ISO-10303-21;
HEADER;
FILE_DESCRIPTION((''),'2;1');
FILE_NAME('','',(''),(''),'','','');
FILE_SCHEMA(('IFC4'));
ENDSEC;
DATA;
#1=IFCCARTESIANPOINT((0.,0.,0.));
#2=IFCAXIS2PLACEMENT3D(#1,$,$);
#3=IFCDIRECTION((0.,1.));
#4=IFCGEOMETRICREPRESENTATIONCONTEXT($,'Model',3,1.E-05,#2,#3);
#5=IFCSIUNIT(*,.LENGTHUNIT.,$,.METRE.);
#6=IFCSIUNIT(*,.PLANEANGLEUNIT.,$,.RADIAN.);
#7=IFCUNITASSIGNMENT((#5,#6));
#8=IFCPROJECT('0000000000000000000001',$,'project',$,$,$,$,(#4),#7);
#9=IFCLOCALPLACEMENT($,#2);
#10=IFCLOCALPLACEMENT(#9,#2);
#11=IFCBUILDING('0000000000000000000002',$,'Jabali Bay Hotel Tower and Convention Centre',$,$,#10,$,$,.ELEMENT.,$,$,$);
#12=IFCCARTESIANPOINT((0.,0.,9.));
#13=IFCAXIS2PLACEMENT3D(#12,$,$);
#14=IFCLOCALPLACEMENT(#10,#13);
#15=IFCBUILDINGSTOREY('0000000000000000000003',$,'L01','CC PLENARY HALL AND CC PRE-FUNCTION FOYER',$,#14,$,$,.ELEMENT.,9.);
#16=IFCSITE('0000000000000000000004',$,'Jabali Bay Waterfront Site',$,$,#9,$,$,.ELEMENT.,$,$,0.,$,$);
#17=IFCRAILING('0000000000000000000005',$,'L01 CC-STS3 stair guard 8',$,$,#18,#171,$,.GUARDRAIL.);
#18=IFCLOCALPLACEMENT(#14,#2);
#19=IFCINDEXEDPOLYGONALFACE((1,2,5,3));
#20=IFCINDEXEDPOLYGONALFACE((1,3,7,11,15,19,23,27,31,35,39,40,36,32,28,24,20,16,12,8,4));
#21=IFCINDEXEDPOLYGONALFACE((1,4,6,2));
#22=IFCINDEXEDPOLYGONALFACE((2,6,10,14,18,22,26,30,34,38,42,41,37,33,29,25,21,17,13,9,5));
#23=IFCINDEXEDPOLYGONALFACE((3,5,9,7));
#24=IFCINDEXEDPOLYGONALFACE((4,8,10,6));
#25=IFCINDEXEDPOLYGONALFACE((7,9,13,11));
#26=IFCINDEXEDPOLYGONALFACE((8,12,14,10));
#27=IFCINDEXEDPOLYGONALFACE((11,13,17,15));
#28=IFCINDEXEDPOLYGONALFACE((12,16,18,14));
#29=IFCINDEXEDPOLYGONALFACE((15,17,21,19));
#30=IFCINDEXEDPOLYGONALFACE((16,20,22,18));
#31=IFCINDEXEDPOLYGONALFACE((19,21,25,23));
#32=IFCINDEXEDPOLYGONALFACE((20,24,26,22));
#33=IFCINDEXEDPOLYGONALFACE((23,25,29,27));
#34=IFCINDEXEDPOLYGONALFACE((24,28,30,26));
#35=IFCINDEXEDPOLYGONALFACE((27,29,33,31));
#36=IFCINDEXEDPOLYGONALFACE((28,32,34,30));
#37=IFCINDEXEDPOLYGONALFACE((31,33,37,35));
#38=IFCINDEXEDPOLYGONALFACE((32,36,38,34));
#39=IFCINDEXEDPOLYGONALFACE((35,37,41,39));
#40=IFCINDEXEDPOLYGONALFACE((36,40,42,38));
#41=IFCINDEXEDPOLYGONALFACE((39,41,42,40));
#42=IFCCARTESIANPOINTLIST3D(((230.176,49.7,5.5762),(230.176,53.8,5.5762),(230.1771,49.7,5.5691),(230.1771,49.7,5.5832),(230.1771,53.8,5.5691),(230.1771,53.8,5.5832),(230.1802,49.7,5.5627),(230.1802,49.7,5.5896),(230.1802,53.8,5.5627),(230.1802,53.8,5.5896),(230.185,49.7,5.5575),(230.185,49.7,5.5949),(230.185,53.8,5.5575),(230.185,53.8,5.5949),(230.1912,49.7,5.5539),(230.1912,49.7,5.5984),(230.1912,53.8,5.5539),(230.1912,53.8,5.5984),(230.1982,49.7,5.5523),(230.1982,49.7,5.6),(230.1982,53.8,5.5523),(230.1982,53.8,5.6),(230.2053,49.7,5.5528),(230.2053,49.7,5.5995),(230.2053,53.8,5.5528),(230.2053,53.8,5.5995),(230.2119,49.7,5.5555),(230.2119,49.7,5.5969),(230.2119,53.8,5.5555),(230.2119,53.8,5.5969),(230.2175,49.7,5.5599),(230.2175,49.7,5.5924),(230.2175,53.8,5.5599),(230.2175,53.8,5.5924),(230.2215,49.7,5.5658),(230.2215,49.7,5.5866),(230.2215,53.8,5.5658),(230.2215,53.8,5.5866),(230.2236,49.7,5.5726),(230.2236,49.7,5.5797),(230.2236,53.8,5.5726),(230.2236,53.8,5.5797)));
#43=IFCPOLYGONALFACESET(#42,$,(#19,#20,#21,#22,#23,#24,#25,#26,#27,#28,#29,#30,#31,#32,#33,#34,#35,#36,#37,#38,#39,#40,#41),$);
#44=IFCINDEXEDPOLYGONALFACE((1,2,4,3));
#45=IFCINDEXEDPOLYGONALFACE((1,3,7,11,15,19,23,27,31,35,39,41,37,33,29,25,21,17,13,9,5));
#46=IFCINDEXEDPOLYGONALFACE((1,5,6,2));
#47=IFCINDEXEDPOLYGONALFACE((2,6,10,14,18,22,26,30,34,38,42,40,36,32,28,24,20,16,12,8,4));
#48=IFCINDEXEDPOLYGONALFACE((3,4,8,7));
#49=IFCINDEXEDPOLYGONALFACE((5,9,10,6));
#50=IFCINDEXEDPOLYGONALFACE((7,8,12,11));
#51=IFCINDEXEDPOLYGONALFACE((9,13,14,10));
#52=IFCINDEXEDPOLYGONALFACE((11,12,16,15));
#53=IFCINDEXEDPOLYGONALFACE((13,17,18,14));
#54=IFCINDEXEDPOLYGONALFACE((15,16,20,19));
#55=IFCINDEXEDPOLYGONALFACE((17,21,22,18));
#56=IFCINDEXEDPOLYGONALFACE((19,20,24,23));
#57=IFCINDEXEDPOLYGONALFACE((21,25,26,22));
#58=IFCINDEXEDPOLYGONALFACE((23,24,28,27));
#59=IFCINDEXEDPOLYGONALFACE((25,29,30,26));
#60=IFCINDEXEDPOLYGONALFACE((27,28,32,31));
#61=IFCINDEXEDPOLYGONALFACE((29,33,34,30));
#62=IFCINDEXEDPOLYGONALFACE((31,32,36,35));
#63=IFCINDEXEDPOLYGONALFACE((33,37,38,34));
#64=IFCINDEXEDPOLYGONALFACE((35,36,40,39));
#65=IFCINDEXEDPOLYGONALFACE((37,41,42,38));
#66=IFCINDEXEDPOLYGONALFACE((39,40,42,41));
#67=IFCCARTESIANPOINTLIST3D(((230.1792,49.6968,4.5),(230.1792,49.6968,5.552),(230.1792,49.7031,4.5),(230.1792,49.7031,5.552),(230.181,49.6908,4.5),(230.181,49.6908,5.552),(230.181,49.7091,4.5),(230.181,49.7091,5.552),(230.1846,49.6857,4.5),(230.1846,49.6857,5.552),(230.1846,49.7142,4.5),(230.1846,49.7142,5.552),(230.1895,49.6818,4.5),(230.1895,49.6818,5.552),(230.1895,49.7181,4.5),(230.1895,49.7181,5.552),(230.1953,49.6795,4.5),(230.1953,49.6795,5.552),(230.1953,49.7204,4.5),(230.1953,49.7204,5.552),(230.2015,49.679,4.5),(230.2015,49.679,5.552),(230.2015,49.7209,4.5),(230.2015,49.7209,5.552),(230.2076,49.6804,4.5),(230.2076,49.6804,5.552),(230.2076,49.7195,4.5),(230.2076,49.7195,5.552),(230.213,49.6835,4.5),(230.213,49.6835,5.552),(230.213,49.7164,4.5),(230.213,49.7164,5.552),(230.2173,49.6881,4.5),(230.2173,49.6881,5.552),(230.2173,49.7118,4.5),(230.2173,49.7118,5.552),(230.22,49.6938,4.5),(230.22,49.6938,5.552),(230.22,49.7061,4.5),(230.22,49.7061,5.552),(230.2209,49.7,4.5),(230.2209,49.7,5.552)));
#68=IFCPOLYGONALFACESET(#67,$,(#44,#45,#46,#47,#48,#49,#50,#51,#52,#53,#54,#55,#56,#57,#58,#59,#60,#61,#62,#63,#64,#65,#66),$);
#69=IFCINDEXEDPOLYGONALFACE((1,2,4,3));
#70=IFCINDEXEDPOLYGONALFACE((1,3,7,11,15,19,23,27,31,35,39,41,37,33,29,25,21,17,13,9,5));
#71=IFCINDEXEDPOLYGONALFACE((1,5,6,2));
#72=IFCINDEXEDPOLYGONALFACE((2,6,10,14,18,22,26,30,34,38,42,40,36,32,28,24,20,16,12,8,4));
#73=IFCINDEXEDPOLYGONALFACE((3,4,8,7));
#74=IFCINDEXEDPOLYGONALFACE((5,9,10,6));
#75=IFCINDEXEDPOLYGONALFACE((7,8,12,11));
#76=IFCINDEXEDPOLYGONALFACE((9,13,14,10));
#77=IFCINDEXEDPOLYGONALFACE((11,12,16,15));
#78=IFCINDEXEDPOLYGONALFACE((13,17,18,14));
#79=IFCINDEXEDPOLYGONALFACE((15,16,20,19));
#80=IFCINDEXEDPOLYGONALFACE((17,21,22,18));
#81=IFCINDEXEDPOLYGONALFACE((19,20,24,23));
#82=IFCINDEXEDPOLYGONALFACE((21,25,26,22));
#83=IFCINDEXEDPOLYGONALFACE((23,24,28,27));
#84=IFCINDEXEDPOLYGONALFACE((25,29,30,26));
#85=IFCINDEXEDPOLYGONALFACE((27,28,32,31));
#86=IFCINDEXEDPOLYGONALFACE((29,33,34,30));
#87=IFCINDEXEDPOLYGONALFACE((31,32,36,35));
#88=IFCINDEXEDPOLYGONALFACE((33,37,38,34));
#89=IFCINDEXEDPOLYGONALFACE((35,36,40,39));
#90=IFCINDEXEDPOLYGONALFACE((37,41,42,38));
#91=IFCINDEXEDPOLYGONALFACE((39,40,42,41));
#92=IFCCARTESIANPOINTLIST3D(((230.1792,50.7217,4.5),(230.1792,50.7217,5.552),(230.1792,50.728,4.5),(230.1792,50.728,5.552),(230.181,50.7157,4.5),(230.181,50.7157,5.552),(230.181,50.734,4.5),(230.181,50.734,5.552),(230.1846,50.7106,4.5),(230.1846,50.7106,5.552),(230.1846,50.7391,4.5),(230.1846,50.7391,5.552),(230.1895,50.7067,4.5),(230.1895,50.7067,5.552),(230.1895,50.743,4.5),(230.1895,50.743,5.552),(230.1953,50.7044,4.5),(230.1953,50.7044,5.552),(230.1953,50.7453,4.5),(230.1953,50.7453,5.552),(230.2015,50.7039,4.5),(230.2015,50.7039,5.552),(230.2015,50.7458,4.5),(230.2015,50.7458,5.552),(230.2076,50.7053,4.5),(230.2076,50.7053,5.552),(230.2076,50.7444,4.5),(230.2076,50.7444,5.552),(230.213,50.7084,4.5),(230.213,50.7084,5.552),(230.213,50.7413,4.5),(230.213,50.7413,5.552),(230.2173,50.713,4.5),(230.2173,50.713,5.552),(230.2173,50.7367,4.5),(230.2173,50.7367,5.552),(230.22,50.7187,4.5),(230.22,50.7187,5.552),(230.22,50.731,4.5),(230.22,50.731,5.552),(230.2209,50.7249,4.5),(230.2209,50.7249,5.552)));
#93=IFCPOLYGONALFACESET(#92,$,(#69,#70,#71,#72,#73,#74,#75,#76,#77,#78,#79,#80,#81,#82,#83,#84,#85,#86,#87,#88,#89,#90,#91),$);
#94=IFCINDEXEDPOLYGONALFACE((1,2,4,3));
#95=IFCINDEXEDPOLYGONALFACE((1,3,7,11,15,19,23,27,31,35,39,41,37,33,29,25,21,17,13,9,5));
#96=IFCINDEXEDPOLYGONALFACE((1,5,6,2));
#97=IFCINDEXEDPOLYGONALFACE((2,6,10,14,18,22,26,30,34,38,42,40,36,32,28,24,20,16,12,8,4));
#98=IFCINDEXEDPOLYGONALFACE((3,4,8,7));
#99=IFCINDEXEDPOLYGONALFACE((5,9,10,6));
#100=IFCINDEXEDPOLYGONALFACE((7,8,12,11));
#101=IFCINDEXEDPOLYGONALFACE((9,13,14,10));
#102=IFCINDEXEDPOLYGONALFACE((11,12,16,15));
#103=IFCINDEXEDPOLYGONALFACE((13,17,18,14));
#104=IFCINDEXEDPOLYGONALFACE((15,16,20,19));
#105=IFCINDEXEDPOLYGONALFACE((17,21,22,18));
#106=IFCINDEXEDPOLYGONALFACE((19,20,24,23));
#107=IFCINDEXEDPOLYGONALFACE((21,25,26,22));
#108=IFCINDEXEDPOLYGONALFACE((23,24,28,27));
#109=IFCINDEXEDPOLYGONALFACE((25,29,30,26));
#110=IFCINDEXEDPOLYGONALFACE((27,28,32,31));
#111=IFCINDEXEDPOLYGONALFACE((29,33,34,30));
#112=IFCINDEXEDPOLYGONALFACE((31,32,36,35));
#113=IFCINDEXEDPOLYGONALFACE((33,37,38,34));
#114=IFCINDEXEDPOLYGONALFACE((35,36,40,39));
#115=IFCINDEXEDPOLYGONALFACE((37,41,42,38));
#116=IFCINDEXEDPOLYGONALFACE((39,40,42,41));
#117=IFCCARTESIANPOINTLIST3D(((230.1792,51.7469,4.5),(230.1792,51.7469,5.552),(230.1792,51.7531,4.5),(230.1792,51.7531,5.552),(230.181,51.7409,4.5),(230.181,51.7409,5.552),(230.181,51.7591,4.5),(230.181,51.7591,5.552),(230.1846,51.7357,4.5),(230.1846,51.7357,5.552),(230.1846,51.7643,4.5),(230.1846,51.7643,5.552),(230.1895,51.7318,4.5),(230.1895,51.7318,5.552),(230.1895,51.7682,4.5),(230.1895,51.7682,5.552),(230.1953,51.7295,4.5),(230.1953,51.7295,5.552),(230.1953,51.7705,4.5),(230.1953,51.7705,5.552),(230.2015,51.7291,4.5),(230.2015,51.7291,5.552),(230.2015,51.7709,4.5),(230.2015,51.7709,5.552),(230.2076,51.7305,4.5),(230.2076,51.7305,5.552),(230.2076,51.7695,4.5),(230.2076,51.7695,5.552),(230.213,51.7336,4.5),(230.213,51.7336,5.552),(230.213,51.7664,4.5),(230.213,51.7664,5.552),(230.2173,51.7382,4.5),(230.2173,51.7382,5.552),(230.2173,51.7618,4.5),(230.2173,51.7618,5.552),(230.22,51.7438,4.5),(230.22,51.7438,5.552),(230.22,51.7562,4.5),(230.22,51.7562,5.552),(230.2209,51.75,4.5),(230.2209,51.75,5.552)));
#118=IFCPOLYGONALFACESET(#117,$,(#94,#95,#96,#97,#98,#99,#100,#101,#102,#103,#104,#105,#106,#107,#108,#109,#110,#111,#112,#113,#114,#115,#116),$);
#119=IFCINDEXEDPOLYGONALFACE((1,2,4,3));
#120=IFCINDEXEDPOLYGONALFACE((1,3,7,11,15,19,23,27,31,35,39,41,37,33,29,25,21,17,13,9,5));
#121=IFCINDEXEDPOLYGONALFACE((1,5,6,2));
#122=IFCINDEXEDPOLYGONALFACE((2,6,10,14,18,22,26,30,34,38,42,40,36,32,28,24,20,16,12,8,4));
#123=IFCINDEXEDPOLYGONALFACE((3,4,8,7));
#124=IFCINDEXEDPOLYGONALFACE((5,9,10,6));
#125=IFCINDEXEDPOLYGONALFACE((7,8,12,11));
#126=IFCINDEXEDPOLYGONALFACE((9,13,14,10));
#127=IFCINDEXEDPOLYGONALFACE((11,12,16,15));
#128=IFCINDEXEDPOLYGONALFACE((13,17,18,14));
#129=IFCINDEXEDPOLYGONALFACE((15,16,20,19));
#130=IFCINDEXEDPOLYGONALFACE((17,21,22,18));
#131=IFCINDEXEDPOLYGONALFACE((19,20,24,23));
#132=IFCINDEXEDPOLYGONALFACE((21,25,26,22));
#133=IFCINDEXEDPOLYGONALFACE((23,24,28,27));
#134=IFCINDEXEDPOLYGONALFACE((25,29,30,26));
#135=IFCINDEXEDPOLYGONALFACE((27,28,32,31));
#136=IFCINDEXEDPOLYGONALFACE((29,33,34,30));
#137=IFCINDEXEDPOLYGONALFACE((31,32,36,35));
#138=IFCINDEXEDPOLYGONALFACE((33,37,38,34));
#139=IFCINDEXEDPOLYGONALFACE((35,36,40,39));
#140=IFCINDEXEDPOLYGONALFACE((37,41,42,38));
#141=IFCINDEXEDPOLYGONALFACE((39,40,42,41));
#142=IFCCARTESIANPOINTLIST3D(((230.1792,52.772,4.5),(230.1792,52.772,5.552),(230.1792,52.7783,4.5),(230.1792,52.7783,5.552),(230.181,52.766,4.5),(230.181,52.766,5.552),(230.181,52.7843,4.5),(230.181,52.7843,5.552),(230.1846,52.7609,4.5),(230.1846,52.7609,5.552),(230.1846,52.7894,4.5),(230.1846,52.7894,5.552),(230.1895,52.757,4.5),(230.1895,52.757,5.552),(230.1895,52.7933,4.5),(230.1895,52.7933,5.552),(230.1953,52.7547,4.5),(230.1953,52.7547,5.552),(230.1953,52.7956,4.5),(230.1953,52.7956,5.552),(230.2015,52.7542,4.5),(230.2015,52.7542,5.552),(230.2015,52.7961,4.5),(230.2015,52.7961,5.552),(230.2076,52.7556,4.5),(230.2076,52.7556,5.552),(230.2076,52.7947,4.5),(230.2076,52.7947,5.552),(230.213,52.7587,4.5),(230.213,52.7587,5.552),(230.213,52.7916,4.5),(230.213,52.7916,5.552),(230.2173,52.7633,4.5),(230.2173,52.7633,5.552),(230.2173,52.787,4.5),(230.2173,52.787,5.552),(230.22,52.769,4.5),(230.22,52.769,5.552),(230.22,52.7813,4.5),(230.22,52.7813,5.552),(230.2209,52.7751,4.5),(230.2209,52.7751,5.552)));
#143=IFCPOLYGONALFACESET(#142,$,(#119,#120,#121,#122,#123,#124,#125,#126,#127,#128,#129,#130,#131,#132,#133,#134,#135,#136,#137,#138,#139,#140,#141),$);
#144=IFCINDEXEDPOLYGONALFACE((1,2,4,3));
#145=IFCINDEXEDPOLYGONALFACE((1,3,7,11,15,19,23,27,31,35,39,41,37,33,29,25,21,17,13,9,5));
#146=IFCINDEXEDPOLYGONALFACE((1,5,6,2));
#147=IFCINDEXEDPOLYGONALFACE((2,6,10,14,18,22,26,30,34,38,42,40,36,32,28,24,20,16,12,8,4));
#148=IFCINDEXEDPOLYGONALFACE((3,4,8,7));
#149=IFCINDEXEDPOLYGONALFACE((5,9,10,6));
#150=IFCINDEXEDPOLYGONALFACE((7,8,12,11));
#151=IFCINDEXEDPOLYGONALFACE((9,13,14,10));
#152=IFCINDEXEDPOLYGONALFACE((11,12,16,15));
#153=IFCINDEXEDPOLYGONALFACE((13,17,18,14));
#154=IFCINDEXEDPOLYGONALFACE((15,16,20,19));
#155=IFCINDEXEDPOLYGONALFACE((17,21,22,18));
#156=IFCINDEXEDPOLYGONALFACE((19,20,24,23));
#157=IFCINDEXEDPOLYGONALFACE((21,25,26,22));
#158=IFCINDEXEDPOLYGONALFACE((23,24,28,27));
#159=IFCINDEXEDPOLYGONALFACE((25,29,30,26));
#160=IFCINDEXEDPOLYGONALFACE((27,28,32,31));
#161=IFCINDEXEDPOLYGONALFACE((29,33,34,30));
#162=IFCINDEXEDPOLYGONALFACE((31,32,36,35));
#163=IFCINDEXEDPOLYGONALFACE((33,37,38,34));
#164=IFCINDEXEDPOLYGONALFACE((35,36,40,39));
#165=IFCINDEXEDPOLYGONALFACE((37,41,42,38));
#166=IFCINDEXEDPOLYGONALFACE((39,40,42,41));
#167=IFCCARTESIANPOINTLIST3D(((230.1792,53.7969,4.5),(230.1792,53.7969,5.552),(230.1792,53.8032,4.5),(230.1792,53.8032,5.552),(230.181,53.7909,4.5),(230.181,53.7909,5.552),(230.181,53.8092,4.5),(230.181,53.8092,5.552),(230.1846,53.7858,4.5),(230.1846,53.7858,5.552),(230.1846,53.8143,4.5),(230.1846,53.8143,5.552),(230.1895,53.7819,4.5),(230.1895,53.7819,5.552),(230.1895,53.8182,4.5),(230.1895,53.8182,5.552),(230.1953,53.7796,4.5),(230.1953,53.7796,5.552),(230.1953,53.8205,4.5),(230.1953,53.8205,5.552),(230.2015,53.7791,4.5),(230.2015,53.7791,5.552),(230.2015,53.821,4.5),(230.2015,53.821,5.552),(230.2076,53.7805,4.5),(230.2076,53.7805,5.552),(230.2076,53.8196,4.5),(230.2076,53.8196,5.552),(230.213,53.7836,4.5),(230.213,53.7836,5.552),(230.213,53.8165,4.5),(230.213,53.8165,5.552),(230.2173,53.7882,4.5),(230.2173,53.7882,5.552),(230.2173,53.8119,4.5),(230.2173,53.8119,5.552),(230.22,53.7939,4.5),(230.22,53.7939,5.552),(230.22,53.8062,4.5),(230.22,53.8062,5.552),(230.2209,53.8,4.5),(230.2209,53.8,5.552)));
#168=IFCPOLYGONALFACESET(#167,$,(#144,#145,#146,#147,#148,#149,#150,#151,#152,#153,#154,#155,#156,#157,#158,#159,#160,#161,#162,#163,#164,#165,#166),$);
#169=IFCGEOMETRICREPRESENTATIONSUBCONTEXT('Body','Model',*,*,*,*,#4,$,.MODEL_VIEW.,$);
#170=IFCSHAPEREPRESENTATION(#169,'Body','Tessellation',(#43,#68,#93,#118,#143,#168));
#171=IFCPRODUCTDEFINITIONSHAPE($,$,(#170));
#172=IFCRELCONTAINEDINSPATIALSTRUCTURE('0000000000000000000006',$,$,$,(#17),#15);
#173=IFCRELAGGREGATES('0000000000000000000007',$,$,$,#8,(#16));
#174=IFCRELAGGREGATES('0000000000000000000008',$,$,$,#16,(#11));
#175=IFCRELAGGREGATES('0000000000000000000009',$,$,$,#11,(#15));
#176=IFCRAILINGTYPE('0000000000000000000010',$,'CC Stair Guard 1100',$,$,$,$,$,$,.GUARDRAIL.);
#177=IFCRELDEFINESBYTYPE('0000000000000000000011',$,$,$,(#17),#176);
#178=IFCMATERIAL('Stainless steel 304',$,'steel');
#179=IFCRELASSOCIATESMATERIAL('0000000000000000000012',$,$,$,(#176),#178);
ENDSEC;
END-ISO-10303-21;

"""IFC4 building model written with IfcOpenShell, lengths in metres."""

from ifc_helpers import new_model, si_unit, direction, frame, origin, origin_2d, place, context, subcontext, project, spatial, circle, extrude, material, type_object, element, save


model = new_model("IFC4")

# Units and contexts
model_context = context("Model", 3, precision=1e-05, world=origin(), true_north=direction((0.0, 1.0)))
body_context = subcontext(model_context, "Body", "Model", "MODEL_VIEW")
ifc_project = project(units=[si_unit("LENGTHUNIT", "METRE"), si_unit("PLANEANGLEUNIT", "RADIAN")], contexts=[model_context])

# Site, building, storey
site_placement = place(None, origin())
site = spatial("IfcSite", under=ifc_project, at=site_placement, Name="Jabali Bay Waterfront Site", CompositionType="ELEMENT", RefElevation=0.0)
building_placement = place(site_placement, origin())
building = spatial("IfcBuilding", under=site, at=building_placement, Name="Jabali Bay Hotel Tower and Convention Centre", CompositionType="ELEMENT")
storey_placement = place(building_placement, frame((0.0, 0.0, 9.0)))
storey = spatial("IfcBuildingStorey", under=building, at=storey_placement, Name="L01", Description="CC PLENARY HALL AND CC PRE-FUNCTION FOYER", CompositionType="ELEMENT", Elevation=9.0)

# Railing
ifc_material_1 = material(Name="Stainless steel 304", Category="steel")
railing_type_1 = type_object("IfcRailingType", Name="CC Stair Guard 1100", PredefinedType="GUARDRAIL", material=ifc_material_1)
railing_1_placement = place(storey_placement, frame((230.2, 49.7, 4.5)))
element("IfcRailing", 1, at=railing_1_placement, inside=storey, type_object=railing_type_1, Name="L01 CC-STS3 stair guard 8", PredefinedType="GUARDRAIL", context=body_context, shape_type="SweptSolid", body=[
    extrude(circle(Radius=0.0239, at=origin_2d()), frame((0.0, 0.0, 1.0762), z_axis=(0.0, 1.0, 0.0), x_axis=(-1.0, 0.0, 0.0)), (0.0, 0.0, 1.0), 4.1001),
    extrude(circle(Radius=0.021, at=origin_2d()), origin(), (0.0, 0.0, 1.0), 1.052),
    extrude(circle(Radius=0.021, at=origin_2d()), frame((0.0, 1.0249, 0.0)), (0.0, 0.0, 1.0), 1.052),
    extrude(circle(Radius=0.021, at=origin_2d()), frame((0.0, 2.05, 0.0)), (0.0, 0.0, 1.0), 1.052),
    extrude(circle(Radius=0.021, at=origin_2d()), frame((0.0, 3.0752, 0.0)), (0.0, 0.0, 1.0), 1.052),
    extrude(circle(Radius=0.021, at=origin_2d()), frame((0.0, 4.1001, 0.0)), (0.0, 0.0, 1.0), 1.052),
])

save(model, "model.ifc")
